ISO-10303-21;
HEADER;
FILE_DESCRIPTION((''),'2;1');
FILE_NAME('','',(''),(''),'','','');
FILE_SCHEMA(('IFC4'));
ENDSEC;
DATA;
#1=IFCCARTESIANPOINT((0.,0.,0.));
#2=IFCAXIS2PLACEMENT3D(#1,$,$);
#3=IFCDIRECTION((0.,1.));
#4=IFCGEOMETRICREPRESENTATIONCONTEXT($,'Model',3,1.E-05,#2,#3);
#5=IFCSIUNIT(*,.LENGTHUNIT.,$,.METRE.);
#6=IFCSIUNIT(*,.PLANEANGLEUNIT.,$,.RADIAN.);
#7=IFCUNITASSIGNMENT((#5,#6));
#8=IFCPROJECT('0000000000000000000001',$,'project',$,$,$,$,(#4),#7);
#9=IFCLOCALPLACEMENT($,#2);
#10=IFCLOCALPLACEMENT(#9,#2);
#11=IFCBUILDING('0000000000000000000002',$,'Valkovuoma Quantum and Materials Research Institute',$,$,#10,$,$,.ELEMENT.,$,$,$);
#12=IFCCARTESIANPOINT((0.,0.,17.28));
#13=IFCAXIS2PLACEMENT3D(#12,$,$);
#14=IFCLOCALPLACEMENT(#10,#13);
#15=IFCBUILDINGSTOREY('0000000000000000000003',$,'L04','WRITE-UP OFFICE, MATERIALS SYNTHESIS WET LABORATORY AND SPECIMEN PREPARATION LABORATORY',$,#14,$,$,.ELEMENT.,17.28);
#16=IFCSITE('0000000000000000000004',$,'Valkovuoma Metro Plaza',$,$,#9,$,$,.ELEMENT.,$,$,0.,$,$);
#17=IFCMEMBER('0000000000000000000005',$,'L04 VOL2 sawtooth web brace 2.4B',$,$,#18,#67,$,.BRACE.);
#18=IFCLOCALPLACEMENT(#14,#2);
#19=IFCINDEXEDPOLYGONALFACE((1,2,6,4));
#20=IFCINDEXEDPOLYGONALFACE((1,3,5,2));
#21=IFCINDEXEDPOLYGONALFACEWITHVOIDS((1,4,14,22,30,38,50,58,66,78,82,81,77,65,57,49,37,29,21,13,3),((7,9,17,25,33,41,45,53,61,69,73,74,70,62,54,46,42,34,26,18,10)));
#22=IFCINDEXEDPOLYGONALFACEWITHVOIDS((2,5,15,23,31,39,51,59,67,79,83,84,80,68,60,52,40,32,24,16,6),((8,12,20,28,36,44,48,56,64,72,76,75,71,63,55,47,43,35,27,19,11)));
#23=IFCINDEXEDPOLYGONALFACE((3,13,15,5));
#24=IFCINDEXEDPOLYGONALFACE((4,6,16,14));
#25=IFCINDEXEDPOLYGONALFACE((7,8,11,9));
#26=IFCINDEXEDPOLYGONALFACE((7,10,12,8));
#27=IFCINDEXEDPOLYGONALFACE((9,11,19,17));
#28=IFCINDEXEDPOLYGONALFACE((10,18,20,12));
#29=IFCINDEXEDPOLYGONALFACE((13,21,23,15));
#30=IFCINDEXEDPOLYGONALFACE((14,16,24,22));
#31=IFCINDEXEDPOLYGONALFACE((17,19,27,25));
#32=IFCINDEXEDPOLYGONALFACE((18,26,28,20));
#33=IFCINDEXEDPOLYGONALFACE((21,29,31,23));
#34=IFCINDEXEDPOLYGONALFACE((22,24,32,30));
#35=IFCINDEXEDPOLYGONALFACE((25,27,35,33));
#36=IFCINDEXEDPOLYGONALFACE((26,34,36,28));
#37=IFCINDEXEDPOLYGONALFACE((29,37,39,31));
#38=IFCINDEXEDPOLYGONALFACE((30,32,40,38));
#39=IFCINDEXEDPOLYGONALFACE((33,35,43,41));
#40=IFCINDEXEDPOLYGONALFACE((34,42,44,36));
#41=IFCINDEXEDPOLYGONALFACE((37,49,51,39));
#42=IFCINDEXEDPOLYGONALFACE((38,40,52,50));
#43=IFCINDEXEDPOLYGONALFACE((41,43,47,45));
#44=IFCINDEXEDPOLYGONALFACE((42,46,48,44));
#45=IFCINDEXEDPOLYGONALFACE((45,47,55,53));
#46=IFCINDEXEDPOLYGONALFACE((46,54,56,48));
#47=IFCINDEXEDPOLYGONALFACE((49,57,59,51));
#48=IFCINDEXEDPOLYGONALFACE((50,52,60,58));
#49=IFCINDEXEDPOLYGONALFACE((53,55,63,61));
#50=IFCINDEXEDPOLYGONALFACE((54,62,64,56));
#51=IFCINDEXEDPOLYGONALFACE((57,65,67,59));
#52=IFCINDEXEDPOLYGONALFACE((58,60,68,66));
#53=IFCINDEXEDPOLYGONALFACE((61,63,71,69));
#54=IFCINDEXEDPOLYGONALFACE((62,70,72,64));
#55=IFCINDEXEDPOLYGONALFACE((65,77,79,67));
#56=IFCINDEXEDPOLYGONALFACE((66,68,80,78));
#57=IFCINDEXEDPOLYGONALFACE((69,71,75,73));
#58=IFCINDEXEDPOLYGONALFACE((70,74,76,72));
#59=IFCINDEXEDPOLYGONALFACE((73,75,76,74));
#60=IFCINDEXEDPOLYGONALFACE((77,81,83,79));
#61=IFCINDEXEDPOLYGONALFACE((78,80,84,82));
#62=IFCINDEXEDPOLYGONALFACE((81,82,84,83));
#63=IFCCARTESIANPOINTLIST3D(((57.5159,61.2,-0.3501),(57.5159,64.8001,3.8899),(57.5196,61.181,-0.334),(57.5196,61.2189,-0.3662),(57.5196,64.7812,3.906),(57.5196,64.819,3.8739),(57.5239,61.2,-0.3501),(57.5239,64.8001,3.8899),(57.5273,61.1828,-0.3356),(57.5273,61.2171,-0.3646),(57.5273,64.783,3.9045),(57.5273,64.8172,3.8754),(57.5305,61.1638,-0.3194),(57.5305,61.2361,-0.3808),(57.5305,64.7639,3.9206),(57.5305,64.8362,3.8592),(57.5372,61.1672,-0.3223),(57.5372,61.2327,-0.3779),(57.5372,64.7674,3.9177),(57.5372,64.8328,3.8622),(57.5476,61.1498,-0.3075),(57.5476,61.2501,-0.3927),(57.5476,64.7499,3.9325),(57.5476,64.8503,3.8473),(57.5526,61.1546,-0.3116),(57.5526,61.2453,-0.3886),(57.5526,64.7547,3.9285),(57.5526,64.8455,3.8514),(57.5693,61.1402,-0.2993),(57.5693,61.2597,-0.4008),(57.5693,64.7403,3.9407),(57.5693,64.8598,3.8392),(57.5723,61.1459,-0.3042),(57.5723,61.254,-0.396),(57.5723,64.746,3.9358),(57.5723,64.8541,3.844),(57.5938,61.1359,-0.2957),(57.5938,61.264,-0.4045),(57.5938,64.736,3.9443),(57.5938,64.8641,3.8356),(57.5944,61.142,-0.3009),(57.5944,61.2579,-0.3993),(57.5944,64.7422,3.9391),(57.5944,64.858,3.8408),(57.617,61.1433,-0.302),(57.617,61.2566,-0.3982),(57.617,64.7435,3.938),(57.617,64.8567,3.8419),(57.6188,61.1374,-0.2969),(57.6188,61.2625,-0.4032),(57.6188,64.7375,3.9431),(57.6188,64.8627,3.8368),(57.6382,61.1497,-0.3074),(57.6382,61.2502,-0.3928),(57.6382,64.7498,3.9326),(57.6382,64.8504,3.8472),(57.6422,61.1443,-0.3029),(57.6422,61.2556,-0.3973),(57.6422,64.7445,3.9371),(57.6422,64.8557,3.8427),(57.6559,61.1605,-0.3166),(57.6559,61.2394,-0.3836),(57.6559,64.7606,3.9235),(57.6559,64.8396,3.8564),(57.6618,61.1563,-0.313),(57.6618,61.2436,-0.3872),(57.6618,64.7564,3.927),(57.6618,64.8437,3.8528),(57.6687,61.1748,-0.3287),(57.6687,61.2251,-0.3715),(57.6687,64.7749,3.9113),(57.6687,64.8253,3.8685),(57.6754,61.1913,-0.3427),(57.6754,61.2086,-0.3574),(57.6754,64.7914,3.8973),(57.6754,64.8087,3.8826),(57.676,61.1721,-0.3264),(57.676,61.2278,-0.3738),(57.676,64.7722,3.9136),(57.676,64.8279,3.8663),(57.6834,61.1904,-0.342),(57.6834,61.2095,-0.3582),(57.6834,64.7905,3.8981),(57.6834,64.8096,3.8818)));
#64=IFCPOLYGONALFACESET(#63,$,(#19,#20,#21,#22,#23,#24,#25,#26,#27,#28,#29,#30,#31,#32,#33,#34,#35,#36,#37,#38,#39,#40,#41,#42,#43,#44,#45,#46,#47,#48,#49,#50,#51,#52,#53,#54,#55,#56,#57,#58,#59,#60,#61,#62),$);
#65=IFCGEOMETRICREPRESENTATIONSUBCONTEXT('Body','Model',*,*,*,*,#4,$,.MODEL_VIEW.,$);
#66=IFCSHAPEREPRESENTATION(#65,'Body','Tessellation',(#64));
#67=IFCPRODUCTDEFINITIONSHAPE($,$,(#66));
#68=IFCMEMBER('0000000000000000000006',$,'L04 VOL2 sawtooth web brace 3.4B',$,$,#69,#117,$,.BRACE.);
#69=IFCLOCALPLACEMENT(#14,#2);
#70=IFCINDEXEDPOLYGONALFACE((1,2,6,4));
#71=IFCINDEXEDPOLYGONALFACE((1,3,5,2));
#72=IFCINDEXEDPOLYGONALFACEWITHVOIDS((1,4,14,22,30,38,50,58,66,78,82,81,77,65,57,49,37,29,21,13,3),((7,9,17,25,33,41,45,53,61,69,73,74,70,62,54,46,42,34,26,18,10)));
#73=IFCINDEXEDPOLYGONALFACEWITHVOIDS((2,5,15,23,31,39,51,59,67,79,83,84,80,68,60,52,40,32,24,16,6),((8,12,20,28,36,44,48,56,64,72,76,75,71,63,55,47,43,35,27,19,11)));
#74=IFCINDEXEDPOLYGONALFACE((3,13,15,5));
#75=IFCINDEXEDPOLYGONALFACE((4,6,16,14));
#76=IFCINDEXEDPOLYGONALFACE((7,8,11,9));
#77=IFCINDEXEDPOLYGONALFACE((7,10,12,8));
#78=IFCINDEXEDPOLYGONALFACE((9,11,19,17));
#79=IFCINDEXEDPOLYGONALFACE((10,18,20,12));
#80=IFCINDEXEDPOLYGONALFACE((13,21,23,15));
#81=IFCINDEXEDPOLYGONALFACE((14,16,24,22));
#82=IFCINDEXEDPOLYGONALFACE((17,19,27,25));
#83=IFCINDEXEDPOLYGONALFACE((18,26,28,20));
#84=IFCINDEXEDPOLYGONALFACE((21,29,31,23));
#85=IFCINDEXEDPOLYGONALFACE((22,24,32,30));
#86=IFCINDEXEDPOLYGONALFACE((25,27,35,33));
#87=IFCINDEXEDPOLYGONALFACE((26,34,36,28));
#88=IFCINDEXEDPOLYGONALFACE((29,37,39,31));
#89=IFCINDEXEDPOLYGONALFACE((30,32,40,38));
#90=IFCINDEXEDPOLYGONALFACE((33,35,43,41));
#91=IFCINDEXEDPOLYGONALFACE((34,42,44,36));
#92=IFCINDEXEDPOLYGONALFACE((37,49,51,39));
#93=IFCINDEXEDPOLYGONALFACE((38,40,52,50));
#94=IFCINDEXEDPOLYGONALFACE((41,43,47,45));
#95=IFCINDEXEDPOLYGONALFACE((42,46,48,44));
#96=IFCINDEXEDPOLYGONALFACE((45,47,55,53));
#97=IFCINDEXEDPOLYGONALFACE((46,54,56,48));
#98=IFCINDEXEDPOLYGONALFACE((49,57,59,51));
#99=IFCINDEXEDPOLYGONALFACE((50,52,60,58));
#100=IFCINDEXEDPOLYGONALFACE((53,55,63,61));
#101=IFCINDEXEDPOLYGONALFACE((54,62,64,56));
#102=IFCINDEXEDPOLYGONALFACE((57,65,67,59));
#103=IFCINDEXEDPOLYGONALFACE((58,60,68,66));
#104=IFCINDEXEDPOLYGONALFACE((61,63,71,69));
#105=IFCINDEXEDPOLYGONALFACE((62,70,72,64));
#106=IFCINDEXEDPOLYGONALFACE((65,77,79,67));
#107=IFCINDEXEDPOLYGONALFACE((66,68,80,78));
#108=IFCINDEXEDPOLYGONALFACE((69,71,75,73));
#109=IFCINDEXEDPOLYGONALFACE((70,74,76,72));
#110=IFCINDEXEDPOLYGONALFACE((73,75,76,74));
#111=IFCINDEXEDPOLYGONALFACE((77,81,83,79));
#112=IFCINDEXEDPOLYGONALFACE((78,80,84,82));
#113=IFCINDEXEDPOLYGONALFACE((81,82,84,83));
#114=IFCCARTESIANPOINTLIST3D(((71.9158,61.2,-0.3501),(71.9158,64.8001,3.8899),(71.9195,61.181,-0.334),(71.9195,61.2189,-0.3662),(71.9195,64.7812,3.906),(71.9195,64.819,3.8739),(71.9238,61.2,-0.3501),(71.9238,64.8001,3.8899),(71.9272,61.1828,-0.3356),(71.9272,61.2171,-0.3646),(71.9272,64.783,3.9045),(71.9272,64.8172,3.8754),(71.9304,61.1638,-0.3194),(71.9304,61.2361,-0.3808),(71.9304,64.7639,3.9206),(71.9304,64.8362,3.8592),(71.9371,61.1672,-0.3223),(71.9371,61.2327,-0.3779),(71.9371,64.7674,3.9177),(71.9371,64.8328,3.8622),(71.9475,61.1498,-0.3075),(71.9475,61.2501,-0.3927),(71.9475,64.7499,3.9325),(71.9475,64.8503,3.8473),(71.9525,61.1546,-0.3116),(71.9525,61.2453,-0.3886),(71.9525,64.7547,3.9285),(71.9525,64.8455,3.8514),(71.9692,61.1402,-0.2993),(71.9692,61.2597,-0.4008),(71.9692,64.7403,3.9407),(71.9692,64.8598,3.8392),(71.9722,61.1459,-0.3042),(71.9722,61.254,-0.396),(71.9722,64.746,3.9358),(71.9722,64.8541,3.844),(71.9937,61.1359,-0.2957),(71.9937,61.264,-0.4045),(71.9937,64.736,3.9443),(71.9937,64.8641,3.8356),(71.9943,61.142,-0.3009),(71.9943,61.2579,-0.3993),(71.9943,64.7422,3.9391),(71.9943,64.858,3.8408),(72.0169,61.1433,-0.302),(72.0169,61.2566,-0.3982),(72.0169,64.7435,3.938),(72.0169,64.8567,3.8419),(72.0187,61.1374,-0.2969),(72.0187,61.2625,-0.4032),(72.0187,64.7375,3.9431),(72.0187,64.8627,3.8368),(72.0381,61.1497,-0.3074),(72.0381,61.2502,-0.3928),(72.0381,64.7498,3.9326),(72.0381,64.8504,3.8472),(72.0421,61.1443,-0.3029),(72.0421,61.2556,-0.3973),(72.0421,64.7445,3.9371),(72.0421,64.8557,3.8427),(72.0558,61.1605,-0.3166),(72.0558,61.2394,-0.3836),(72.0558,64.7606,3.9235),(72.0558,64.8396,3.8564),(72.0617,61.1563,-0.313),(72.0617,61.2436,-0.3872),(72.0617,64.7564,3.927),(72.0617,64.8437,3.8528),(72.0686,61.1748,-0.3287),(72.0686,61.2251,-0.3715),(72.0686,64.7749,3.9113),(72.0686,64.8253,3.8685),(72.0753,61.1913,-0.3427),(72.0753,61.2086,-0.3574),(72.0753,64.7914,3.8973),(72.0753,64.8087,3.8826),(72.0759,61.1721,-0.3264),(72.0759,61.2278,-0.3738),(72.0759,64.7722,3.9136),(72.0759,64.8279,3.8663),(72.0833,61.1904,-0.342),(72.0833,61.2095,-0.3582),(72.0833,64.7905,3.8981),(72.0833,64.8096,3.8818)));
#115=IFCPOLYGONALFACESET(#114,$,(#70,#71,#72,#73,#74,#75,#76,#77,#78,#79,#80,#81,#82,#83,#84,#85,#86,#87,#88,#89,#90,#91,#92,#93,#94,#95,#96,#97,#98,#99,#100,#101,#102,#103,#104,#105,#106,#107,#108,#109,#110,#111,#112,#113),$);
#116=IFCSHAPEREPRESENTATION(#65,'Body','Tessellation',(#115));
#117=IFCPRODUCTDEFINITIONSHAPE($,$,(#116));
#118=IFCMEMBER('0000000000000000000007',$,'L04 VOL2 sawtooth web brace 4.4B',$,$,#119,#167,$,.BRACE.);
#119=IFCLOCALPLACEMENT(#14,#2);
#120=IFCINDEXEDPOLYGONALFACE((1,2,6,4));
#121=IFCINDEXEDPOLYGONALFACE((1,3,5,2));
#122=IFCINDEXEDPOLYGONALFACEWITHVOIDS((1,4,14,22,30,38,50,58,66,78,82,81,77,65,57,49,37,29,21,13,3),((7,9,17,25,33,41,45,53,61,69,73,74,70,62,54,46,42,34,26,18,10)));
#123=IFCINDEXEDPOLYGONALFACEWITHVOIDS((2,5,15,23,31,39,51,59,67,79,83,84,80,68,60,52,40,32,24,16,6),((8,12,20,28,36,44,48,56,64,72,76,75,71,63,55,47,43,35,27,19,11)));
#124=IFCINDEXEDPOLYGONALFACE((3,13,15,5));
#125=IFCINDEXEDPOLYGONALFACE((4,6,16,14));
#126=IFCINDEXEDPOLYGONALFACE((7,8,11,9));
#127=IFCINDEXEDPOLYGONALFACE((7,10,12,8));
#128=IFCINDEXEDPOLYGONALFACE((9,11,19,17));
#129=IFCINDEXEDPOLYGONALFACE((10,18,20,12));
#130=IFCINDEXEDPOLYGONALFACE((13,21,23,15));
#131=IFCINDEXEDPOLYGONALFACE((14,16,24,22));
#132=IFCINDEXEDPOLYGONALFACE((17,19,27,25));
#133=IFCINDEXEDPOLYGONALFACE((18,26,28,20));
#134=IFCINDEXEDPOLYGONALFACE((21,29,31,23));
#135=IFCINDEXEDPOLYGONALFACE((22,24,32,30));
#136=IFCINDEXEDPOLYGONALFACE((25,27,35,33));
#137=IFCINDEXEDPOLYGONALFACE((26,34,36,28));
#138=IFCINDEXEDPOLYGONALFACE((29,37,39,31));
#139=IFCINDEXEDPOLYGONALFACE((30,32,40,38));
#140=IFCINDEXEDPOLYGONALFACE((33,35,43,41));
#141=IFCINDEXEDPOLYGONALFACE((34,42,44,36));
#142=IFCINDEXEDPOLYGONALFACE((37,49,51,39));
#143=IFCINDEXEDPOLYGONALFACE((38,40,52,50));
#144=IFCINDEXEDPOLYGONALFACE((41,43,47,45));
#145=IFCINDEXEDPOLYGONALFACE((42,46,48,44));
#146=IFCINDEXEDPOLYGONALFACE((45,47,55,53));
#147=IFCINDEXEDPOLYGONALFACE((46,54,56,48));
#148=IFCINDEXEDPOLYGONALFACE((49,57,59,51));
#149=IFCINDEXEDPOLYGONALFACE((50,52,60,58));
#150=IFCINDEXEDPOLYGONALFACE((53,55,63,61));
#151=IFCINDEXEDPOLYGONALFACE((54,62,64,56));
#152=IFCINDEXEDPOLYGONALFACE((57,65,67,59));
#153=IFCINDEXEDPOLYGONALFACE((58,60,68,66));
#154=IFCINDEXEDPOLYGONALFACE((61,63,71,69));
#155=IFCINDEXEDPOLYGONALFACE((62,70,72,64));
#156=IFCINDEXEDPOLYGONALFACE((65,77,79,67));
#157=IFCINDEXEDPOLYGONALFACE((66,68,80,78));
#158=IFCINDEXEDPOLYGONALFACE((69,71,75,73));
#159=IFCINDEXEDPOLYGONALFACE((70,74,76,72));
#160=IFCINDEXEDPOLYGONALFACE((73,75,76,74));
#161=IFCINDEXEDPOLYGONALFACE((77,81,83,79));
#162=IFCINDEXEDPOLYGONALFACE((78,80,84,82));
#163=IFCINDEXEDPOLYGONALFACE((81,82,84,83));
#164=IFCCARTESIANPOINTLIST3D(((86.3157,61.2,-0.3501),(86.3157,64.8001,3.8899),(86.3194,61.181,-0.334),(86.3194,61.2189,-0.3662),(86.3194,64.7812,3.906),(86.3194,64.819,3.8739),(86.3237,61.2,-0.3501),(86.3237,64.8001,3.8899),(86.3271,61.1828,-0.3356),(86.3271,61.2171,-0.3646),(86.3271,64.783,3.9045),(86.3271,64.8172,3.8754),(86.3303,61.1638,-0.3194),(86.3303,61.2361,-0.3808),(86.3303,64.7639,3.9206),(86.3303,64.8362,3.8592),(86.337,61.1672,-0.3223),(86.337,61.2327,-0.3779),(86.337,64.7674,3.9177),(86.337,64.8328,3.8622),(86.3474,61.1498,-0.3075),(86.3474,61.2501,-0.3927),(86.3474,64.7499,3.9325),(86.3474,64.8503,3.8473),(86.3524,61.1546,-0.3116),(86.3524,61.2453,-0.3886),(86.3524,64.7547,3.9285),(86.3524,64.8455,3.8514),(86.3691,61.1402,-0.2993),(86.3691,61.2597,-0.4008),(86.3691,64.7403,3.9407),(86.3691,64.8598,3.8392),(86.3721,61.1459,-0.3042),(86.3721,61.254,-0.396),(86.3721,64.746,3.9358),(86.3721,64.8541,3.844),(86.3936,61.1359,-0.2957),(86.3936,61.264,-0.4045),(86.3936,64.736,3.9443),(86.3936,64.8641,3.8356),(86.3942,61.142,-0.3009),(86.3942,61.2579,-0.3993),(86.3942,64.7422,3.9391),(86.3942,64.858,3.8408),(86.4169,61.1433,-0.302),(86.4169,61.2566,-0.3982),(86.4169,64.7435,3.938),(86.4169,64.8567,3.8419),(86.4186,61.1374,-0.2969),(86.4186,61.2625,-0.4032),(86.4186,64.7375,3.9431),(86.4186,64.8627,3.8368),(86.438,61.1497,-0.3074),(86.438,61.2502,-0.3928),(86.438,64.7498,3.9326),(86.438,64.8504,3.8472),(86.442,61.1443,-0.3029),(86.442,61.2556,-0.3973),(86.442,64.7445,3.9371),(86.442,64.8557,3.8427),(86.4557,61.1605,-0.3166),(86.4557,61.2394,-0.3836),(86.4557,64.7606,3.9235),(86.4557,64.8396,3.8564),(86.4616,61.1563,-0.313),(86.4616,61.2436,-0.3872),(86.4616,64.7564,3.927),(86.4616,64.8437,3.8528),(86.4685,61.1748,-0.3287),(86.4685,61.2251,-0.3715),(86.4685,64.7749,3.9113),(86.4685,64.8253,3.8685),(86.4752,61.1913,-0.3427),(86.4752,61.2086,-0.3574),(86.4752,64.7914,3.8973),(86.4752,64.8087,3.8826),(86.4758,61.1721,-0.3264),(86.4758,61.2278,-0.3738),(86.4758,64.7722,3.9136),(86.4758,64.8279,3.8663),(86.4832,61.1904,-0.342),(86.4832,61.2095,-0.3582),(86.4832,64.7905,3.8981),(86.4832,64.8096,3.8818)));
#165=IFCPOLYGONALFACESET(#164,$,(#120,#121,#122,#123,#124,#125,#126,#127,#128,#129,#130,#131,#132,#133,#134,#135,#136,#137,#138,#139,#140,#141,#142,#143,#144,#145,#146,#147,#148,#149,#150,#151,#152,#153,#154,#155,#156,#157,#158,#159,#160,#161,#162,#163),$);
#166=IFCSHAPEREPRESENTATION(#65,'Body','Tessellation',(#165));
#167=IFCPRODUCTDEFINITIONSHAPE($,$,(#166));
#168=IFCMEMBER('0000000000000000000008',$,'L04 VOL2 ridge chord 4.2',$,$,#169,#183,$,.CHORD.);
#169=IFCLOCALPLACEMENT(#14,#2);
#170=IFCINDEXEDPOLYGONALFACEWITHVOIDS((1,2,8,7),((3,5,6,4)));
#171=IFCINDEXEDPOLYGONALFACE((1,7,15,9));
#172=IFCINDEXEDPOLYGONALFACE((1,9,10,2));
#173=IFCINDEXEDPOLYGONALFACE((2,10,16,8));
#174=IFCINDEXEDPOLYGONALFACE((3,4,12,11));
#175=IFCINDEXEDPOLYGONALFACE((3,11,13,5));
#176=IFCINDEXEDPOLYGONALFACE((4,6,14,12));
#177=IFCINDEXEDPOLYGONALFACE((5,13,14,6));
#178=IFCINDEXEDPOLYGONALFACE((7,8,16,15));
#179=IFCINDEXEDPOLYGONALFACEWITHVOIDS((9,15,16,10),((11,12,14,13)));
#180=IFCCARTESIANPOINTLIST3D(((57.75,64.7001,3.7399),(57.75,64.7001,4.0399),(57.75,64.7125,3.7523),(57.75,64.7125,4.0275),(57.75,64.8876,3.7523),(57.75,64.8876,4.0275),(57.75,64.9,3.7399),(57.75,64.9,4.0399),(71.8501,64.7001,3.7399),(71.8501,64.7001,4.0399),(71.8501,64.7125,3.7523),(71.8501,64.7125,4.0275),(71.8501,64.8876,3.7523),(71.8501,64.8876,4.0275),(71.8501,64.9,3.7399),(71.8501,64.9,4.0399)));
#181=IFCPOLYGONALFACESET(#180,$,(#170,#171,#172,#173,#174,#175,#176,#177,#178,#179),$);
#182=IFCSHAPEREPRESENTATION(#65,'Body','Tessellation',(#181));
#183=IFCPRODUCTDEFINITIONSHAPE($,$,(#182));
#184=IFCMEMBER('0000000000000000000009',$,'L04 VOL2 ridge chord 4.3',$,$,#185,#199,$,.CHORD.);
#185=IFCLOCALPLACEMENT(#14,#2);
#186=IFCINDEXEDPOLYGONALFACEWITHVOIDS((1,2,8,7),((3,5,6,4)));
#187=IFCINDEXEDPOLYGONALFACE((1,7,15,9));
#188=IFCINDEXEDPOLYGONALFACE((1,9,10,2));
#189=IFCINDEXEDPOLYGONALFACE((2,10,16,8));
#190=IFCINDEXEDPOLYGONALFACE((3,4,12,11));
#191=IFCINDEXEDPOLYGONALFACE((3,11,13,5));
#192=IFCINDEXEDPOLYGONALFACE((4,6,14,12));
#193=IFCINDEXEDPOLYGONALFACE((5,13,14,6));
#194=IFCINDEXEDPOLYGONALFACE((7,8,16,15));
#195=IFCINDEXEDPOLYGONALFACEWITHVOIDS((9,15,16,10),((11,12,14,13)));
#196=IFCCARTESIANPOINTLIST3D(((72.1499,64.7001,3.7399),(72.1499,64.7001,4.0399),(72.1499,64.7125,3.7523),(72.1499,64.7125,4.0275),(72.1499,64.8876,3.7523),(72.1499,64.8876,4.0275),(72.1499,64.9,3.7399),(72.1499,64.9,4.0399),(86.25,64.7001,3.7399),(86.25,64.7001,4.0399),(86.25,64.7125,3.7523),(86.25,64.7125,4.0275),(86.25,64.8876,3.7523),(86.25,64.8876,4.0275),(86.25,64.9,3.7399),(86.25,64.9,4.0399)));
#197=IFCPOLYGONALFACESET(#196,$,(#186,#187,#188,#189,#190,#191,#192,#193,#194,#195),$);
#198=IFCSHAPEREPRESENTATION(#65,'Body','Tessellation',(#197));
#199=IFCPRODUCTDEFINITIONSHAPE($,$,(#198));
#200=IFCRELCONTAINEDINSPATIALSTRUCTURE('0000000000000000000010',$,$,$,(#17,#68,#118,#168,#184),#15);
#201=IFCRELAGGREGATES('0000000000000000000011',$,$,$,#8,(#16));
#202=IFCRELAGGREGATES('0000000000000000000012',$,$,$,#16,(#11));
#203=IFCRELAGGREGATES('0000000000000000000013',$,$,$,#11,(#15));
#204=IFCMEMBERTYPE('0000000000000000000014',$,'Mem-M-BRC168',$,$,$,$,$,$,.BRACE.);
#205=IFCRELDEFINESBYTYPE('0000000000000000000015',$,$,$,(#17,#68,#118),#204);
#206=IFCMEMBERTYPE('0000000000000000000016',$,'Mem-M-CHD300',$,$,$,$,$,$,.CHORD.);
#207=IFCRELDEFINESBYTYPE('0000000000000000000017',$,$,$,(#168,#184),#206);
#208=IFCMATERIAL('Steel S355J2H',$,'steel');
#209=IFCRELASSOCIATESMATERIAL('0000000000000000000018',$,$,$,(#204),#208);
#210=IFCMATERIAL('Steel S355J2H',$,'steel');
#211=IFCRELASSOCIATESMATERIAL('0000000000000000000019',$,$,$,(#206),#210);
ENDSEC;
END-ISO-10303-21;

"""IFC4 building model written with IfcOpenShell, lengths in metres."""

from ifc_helpers import new_model, si_unit, direction, frame, origin, origin_2d, place, context, subcontext, project, spatial, hollow_rectangle, hollow_circle, extrude, material, material_profile, profile_set, type_object, element, save


model = new_model("IFC4")

# Units and contexts
model_context = context("Model", 3, precision=1e-05, world=origin(), true_north=direction((0.0, 1.0)))
body_context = subcontext(model_context, "Body", "Model", "MODEL_VIEW")
ifc_project = project(units=[si_unit("LENGTHUNIT", "METRE"), si_unit("PLANEANGLEUNIT", "RADIAN")], contexts=[model_context])

# Site, building, storey
site_placement = place(None, origin())
site = spatial("IfcSite", under=ifc_project, at=site_placement, Name="Valkovuoma Metro Plaza", CompositionType="ELEMENT", RefElevation=0.0)
building_placement = place(site_placement, origin())
building = spatial("IfcBuilding", under=site, at=building_placement, Name="Valkovuoma Quantum and Materials Research Institute", CompositionType="ELEMENT")
storey_placement = place(building_placement, frame((0.0, 0.0, 17.28)))
storey = spatial("IfcBuildingStorey", under=building, at=storey_placement, Name="L04", Description="WRITE-UP OFFICE, MATERIALS SYNTHESIS WET LABORATORY AND SPECIMEN PREPARATION LABORATORY", CompositionType="ELEMENT", Elevation=17.28)

# Members
ifc_material_1 = material(Name="Steel S355J2H", Category="steel")
ifc_material_profile_1 = material_profile(ifc_material_1, hollow_circle(Radius=0.0842, WallThickness=0.0081, at=origin_2d()), Name="Steel S355J2H")
ifc_profile_set_1 = profile_set([ifc_material_profile_1], Name="Steel S355J2H")
member_type_1 = type_object("IfcMemberType", Name="Mem-M-BRC168", PredefinedType="BRACE", material=ifc_profile_set_1)
for number, where, z_axis, x_axis, name in (
    (1, (57.6001, 61.2, -0.3501), (0.0, 0.647242, 0.762285), (-1.0, 0.0, 0.0), "L04 VOL2 sawtooth web brace 2.4B"),
    (2, (72.0, 61.2, -0.3501), (0.0, 0.647242, 0.762285), (-1.0, 0.0, 0.0), "L04 VOL2 sawtooth web brace 3.4B"),
    (3, (86.3999, 61.2, -0.3501), (0.0, 0.647242, 0.762285), (-1.0, 0.0, 0.0), "L04 VOL2 sawtooth web brace 4.4B"),
):
    element("IfcMember", number, at=place(storey_placement, frame(where, z_axis=z_axis, x_axis=x_axis)), inside=storey, type_object=member_type_1, Name=name, PredefinedType="BRACE", context=body_context, shape_type="SweptSolid", body=[
        extrude(hollow_circle(Radius=0.0842, WallThickness=0.0081, at=origin_2d()), origin(), (0.0, 0.0, 1.0), 5.5623),
    ])
ifc_material_2 = material(Name="Steel S355J2H", Category="steel")
ifc_material_profile_2 = material_profile(ifc_material_2, hollow_rectangle(XDim=0.2, YDim=0.3, WallThickness=0.0125, at=origin_2d()), Name="Steel S355J2H")
ifc_profile_set_2 = profile_set([ifc_material_profile_2], Name="Steel S355J2H")
member_type_2 = type_object("IfcMemberType", Name="Mem-M-CHD300", PredefinedType="CHORD", material=ifc_profile_set_2)
for number, where, z_axis, x_axis, name in (
    (4, (57.75, 64.8, 3.8899), (1.0, 0.0, 0.0), (0.0, 1.0, 0.0), "L04 VOL2 ridge chord 4.2"),
    (5, (72.1499, 64.8, 3.8899), (1.0, 0.0, 0.0), (0.0, 1.0, 0.0), "L04 VOL2 ridge chord 4.3"),
):
    element("IfcMember", number, at=place(storey_placement, frame(where, z_axis=z_axis, x_axis=x_axis)), inside=storey, type_object=member_type_2, Name=name, PredefinedType="CHORD", context=body_context, shape_type="SweptSolid", body=[
        extrude(hollow_rectangle(XDim=0.2, YDim=0.3, WallThickness=0.0125, at=origin_2d()), origin(), (0.0, 0.0, 1.0), 14.1001),
    ])

save(model, "model.ifc")
